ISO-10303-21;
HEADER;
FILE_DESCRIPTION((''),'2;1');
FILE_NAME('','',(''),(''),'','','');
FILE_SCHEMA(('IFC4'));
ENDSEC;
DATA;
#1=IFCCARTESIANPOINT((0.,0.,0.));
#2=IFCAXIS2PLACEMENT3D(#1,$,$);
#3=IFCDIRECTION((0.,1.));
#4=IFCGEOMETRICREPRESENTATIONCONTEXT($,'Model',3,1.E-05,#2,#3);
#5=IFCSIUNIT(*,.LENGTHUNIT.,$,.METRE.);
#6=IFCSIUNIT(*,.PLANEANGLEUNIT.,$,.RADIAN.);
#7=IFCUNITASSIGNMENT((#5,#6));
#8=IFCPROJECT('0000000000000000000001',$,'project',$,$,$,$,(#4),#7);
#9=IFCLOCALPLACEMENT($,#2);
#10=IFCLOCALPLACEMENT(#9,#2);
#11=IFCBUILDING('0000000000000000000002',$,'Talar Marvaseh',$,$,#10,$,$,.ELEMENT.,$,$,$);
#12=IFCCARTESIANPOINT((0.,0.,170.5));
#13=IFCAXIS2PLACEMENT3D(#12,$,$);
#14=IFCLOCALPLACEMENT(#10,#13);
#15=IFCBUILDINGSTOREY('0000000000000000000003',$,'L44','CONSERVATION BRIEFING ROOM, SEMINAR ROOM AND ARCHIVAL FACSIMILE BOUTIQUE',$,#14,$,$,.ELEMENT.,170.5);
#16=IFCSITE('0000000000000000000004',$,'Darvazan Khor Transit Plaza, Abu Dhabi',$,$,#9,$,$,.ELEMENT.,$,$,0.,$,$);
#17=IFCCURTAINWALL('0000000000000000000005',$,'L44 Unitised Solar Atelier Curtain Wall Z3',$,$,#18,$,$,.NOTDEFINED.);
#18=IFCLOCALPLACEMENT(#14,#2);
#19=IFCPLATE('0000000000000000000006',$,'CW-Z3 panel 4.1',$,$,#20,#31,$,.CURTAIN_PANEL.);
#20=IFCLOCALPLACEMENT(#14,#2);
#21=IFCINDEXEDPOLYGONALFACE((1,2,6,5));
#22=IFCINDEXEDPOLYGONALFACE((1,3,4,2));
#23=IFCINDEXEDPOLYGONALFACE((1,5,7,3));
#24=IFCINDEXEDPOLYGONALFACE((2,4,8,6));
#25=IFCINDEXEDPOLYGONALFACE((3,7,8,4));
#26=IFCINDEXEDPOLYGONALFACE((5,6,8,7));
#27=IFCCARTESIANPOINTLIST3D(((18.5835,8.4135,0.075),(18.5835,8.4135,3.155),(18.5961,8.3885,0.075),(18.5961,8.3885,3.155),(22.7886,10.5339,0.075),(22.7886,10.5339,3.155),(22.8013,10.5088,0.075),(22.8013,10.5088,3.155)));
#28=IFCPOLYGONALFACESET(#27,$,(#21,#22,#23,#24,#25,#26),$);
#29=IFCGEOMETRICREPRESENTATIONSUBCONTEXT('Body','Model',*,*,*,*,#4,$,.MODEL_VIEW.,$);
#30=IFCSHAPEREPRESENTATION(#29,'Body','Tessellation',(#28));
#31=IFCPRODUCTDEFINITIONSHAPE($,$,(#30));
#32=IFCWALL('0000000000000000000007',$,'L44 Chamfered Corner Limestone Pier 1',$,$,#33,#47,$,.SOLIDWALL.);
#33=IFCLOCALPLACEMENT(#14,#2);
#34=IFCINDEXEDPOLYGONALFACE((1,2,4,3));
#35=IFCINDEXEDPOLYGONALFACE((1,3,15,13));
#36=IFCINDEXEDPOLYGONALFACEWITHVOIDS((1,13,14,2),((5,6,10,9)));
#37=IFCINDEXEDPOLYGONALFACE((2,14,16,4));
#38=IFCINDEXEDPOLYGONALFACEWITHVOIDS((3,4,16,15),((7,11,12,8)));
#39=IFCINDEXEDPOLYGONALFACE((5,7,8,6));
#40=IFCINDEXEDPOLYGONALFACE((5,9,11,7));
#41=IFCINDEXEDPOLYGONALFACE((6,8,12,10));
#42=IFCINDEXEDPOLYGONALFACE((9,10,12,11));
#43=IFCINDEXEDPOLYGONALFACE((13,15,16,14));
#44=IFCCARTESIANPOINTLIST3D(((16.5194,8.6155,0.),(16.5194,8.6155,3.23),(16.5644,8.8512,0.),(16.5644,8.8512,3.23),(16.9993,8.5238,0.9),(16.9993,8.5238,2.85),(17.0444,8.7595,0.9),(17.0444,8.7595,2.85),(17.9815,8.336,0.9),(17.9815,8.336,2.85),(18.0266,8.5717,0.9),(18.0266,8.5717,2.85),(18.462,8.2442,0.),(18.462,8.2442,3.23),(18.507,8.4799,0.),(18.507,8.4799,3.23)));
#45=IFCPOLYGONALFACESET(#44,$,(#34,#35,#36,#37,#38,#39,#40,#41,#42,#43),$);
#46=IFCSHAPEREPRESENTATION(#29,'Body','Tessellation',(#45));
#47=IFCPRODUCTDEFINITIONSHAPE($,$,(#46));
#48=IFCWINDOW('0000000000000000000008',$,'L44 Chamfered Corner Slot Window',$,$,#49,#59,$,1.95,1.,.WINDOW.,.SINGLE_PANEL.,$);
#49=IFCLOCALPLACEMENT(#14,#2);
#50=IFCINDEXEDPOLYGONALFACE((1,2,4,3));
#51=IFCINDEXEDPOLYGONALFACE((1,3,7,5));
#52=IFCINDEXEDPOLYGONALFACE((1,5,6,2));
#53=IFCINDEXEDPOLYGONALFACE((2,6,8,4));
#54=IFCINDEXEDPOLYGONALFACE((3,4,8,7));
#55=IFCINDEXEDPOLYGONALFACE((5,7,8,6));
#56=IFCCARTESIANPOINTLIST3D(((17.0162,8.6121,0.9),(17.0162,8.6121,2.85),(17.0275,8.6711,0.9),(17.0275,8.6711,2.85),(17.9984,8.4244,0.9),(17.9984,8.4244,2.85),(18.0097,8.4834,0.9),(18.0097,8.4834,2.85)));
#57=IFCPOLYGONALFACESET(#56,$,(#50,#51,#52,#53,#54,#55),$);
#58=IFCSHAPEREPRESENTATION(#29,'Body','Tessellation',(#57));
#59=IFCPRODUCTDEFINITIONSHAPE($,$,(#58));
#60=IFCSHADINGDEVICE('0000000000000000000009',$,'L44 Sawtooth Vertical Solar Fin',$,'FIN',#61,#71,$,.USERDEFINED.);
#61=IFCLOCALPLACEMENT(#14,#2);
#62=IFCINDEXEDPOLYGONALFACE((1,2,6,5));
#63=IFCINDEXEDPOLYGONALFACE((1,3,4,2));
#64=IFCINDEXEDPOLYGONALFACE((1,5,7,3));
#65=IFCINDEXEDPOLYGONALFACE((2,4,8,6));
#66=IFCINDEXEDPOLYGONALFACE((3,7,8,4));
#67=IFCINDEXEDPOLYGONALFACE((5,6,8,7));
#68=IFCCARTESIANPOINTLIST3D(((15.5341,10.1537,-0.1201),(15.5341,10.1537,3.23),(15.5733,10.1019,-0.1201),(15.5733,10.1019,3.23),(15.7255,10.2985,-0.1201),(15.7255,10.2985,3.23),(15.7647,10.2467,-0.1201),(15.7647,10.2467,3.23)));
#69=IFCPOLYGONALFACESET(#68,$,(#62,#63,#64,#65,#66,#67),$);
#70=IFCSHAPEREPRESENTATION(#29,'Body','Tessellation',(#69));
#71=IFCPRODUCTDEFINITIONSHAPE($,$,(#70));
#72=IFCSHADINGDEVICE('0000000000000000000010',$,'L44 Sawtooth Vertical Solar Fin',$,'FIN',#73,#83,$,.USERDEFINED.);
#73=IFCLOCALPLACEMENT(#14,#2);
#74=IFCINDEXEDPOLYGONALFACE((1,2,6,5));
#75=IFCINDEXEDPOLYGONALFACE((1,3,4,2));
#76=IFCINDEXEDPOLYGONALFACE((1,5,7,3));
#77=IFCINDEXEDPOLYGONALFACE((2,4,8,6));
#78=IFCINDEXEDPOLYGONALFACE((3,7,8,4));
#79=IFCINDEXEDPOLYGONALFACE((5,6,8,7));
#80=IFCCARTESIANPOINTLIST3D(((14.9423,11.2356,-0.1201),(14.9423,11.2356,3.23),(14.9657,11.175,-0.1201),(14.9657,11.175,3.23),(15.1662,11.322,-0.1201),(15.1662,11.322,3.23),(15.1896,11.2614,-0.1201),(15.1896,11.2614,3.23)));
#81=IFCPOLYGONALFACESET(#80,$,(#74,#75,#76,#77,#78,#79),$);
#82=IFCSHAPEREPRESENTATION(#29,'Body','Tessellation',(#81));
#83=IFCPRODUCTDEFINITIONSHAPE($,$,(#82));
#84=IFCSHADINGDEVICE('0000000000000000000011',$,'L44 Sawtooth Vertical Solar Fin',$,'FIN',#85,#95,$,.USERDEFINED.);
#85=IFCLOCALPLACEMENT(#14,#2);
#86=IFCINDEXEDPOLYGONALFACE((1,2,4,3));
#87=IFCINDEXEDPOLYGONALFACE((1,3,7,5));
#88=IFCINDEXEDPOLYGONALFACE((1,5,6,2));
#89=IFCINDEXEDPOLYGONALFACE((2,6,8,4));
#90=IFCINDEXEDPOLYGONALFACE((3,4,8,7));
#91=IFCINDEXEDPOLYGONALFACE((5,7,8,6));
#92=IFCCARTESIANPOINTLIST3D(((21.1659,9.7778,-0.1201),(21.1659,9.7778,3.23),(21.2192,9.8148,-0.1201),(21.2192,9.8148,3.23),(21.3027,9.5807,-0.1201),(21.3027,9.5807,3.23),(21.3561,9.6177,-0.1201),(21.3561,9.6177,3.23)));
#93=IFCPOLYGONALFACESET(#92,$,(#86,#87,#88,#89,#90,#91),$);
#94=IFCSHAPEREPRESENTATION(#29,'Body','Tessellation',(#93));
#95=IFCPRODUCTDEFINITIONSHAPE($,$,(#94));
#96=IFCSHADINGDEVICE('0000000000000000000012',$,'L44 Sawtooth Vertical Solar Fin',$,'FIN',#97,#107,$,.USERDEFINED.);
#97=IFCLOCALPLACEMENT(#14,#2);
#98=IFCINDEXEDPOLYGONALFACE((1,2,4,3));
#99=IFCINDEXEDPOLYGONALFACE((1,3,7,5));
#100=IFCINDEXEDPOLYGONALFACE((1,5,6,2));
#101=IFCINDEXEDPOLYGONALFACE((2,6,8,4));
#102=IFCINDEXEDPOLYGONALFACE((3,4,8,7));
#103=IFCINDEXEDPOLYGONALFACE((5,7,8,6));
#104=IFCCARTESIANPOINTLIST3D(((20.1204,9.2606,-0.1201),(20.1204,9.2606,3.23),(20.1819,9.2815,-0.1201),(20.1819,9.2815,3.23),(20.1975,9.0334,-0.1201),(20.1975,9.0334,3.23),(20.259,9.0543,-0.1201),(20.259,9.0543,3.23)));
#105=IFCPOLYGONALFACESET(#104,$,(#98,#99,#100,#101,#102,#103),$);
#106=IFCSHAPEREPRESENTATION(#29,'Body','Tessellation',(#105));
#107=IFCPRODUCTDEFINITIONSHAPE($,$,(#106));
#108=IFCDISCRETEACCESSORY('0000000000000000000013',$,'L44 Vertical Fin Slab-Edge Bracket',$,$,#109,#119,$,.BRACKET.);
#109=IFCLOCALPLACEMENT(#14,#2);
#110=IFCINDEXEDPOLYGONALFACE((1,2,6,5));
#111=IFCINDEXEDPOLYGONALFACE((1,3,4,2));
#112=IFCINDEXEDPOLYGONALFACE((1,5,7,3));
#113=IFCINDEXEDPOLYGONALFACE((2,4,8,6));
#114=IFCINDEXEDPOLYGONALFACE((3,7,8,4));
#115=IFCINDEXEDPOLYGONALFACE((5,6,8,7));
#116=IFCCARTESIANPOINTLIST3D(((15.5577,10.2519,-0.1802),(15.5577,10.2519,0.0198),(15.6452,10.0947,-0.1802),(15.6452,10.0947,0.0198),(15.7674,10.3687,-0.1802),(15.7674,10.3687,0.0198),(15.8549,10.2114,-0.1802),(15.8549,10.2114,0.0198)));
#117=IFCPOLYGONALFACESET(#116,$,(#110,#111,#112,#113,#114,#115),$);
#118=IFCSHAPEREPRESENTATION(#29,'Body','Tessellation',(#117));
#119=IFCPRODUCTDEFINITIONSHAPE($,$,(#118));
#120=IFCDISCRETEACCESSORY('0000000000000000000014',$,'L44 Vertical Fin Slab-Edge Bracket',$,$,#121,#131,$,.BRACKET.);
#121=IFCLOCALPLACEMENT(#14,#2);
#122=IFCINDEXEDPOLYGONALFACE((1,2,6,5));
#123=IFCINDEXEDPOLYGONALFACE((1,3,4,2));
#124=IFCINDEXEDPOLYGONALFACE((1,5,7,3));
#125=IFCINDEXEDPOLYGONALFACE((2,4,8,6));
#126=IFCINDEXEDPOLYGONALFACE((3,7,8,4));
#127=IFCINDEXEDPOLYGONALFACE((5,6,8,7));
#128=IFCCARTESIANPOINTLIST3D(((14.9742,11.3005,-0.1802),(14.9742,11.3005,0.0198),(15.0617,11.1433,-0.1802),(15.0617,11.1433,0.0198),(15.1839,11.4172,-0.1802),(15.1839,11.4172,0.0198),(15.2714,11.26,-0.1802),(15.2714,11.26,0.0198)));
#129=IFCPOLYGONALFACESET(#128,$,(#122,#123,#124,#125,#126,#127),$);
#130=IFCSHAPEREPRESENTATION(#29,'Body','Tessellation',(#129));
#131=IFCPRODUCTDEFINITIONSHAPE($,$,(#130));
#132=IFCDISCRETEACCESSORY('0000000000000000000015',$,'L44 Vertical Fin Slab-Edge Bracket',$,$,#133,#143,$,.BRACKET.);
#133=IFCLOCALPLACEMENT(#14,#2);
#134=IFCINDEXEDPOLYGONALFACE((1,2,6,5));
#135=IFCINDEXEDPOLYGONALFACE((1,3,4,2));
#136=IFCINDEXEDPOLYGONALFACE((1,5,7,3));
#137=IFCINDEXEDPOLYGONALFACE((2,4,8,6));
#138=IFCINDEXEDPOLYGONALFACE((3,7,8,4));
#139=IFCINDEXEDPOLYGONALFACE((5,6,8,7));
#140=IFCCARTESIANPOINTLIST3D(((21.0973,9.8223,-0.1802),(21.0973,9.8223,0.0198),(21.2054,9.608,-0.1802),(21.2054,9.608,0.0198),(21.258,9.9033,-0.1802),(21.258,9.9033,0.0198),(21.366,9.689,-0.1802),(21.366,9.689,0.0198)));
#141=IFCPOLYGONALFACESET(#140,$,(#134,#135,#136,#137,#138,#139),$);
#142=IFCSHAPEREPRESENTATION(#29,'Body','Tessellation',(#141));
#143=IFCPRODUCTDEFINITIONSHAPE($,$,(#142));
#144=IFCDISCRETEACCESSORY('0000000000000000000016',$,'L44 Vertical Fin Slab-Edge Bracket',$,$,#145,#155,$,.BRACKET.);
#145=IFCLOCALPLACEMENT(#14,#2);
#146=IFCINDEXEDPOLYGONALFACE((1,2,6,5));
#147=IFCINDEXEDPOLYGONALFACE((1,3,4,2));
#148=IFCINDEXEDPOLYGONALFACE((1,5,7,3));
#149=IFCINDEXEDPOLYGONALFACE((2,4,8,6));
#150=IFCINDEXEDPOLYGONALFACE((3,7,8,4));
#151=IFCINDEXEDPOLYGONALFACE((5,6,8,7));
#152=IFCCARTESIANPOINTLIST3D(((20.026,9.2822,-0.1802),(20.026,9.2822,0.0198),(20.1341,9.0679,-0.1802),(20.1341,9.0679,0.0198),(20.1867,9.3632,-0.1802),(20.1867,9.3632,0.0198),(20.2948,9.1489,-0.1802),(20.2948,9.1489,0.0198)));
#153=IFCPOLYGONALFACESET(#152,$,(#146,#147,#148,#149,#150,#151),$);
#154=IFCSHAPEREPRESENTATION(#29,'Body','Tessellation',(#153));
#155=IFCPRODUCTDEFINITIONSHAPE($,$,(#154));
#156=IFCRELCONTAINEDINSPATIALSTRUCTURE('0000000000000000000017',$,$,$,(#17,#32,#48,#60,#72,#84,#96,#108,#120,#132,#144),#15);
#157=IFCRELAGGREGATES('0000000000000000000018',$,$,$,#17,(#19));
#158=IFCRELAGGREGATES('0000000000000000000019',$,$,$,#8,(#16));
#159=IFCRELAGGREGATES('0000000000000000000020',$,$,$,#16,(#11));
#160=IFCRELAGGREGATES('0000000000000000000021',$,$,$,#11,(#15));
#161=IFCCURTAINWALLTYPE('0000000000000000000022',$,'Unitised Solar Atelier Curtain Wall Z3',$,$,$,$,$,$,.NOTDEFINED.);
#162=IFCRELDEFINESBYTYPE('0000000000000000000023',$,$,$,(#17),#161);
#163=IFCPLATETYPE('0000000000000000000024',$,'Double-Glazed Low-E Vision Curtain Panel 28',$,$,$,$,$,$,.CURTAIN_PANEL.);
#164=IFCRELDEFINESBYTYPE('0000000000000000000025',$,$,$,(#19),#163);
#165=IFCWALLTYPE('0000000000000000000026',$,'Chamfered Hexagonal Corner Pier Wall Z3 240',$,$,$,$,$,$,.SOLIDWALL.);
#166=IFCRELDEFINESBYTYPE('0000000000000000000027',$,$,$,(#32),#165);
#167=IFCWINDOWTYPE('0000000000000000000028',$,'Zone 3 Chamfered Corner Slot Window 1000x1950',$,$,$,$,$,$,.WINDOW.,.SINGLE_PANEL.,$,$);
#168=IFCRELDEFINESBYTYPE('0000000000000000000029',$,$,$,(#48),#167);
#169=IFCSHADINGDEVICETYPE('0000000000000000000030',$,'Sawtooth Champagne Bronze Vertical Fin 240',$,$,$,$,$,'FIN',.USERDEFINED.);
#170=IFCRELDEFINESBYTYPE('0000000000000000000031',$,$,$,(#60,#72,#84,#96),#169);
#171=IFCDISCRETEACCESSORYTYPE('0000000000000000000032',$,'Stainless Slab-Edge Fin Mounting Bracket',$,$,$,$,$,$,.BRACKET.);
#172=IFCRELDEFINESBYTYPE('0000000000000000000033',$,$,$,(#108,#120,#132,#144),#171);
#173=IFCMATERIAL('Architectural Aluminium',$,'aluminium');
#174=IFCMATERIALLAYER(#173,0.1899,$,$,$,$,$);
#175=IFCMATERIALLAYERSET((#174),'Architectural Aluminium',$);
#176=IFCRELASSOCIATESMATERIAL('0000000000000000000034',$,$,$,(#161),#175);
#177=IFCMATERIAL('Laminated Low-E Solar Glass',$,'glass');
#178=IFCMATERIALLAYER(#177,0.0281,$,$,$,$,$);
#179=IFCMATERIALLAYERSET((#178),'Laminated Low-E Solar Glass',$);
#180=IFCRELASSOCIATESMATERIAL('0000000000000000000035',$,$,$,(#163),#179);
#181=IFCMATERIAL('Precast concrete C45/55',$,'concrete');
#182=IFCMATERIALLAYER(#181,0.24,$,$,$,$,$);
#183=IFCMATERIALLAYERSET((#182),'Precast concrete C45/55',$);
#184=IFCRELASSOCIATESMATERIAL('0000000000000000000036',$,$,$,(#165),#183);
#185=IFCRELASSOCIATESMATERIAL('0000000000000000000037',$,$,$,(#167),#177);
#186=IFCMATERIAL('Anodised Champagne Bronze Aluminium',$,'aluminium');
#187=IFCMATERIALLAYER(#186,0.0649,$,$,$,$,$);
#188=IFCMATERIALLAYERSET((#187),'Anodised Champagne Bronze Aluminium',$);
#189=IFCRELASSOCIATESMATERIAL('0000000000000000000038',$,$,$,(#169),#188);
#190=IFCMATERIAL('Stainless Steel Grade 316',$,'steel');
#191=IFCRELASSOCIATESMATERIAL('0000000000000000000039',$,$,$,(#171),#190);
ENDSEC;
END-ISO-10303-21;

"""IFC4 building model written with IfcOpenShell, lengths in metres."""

from ifc_helpers import new_model, si_unit, direction, frame, frame_2d, origin, origin_2d, place, context, subcontext, project, spatial, rectangle, extrude, source, transform, mapped, material, layer, layer_set, type_object, type_shapes, element, fill, aggregate, save


model = new_model("IFC4")

# Units and contexts
model_context = context("Model", 3, precision=1e-05, world=origin(), true_north=direction((0.0, 1.0)))
body_context = subcontext(model_context, "Body", "Model", "MODEL_VIEW")
ifc_project = project(units=[si_unit("LENGTHUNIT", "METRE"), si_unit("PLANEANGLEUNIT", "RADIAN")], contexts=[model_context])

# Site, building, storey
site_placement = place(None, origin())
site = spatial("IfcSite", under=ifc_project, at=site_placement, Name="Darvazan Khor Transit Plaza, Abu Dhabi", CompositionType="ELEMENT", RefElevation=0.0)
building_placement = place(site_placement, origin())
building = spatial("IfcBuilding", under=site, at=building_placement, Name="Talar Marvaseh", CompositionType="ELEMENT")
storey_placement = place(building_placement, frame((0.0, 0.0, 170.5)))
storey = spatial("IfcBuildingStorey", under=building, at=storey_placement, Name="L44", Description="CONSERVATION BRIEFING ROOM, SEMINAR ROOM AND ARCHIVAL FACSIMILE BOUTIQUE", CompositionType="ELEMENT", Elevation=170.5)

# Curtain wall
ifc_material_1 = material(Name="Architectural Aluminium", Category="aluminium")
ifc_layer_1 = layer(ifc_material_1, 0.1899)
ifc_layer_set_1 = layer_set([ifc_layer_1], Name="Architectural Aluminium")
curtain_wall_type = type_object("IfcCurtainWallType", Name="Unitised Solar Atelier Curtain Wall Z3", PredefinedType="NOTDEFINED", material=ifc_layer_set_1)
curtain_wall_1_placement = place(storey_placement, origin())
curtain_wall_1 = element("IfcCurtainWall", 1, at=curtain_wall_1_placement, inside=storey, type_object=curtain_wall_type, Name="L44 Unitised Solar Atelier Curtain Wall Z3", PredefinedType="NOTDEFINED")

# Plate
ifc_material_2 = material(Name="Laminated Low-E Solar Glass", Category="glass")
ifc_layer_2 = layer(ifc_material_2, 0.0281)
ifc_layer_set_2 = layer_set([ifc_layer_2], Name="Laminated Low-E Solar Glass")
plate_type = type_object("IfcPlateType", Name="Double-Glazed Low-E Vision Curtain Panel 28", PredefinedType="CURTAIN_PANEL", material=ifc_layer_set_2)
shared_shape_1 = source(origin(), body_context, "Body", "SweptSolid", [
    extrude(rectangle(XDim=4.7095, YDim=0.0281, at=origin_2d()), origin(), (0.0, 0.0, 1.0), 3.0801),
])
plate_1_placement = place(storey_placement, frame((20.6924, 9.4612, 0.075), z_axis=(0.0, 0.0, 1.0), x_axis=(-0.89291, -0.450235, 0.0)))
plate_1 = element("IfcPlate", 2, at=plate_1_placement, type_object=plate_type, Name="CW-Z3 panel 4.1", PredefinedType="CURTAIN_PANEL", context=body_context, shape_type="MappedRepresentation", body=[
    mapped(shared_shape_1, transform((0.0, 0.0, 0.0), x_axis=(1.0, 0.0, 0.0), y_axis=(0.0, 1.0, 0.0), z_axis=(0.0, 0.0, 1.0), scale=1.0)),
])
aggregate(curtain_wall_1, [plate_1])

# Wall, opening, window
ifc_material_3 = material(Name="Precast concrete C45/55", Category="concrete")
ifc_layer_3 = layer(ifc_material_3, 0.24)
ifc_layer_set_3 = layer_set([ifc_layer_3], Name="Precast concrete C45/55")
wall_type = type_object("IfcWallType", Name="Chamfered Hexagonal Corner Pier Wall Z3 240", PredefinedType="SOLIDWALL", material=ifc_layer_set_3)
wall_placement = place(storey_placement, frame((18.4844, 8.3621, 0.0), z_axis=(0.0, 0.0, 1.0), x_axis=(-0.982216, 0.187753, 0.0)))
wall = element("IfcWall", 3, at=wall_placement, inside=storey, type_object=wall_type, Name="L44 Chamfered Corner Limestone Pier 1", PredefinedType="SOLIDWALL", context=body_context, shape_type="SweptSolid", body=[
    extrude(rectangle(XDim=1.9778, YDim=0.24, at=frame_2d((0.9888, 0.0))), origin(), (0.0, 0.0, 1.0), 3.23),
])
opening_placement = place(wall_placement, frame((0.489, 0.0, 0.8999)))
opening = element("IfcOpeningElement", 4, at=opening_placement, cuts=wall, PredefinedType="OPENING", context=body_context, shape_type="SweptSolid", body=[
    extrude(rectangle(XDim=1.0, YDim=1.95, at=frame_2d((0.5, 0.9751))), frame((0.0, 0.1299, 0.0), z_axis=(0.0, -1.0, 0.0), x_axis=(1.0, 0.0, 0.0)), (0.0, 0.0, 1.0), 0.26),
])
window_type = type_object("IfcWindowType", Name="Zone 3 Chamfered Corner Slot Window 1000x1950", PartitioningType="SINGLE_PANEL", PredefinedType="WINDOW", material=ifc_material_2)
shared_shape_2 = source(origin(), body_context, "Body", "SweptSolid", [
    extrude(rectangle(XDim=1.0, YDim=1.95, at=frame_2d((0.5, 0.9751))), frame((0.0, 0.03, 0.0), z_axis=(0.0, -1.0, 0.0), x_axis=(1.0, 0.0, 0.0)), (0.0, 0.0, 1.0), 0.0601),
])
type_shapes(window_type, [shared_shape_2])
window_placement = place(opening_placement, origin())
window = element("IfcWindow", 5, at=window_placement, inside=storey, type_object=window_type, Name="L44 Chamfered Corner Slot Window", OverallHeight=1.95, OverallWidth=1.0, PartitioningType="SINGLE_PANEL", PredefinedType="WINDOW", context=body_context, shape_type="MappedRepresentation", body=[
    mapped(shared_shape_2, transform((0.0, 0.0, 0.0), x_axis=(1.0, 0.0, 0.0), y_axis=(0.0, 1.0, 0.0), z_axis=(0.0, 0.0, 1.0), scale=1.0)),
])
fill(opening, window)

# Shading devices
ifc_material_4 = material(Name="Anodised Champagne Bronze Aluminium", Category="aluminium")
ifc_layer_4 = layer(ifc_material_4, 0.0649)
ifc_layer_set_4 = layer_set([ifc_layer_4], Name="Anodised Champagne Bronze Aluminium")
shading_device_type = type_object("IfcShadingDeviceType", Name="Sawtooth Champagne Bronze Vertical Fin 240", ElementType="FIN", PredefinedType="USERDEFINED", material=ifc_layer_set_4)
shared_shape_3 = source(origin(), body_context, "Body", "SweptSolid", [
    extrude(rectangle(XDim=0.24, YDim=0.0649, at=origin_2d()), origin(), (0.0, 0.0, 1.0), 3.3501),
])
type_shapes(shading_device_type, [shared_shape_3])
for number, where, z_axis, x_axis, name in (
    (6, (15.6494, 10.2002, -0.1201), (0.0, 0.0, 1.0), (-0.797584, -0.603208, 0.0), "L44 Sawtooth Vertical Solar Fin"),
    (7, (15.0659, 11.2485, -0.1201), (0.0, 0.0, 1.0), (-0.932954, -0.359997, 0.0), "L44 Sawtooth Vertical Solar Fin"),
    (8, (21.261, 9.6978, -0.1201), (0.0, 0.0, 1.0), (0.57014, -0.821547, 0.0), "L44 Sawtooth Vertical Solar Fin"),
    (9, (20.1897, 9.1575, -0.1201), (0.0, 0.0, 1.0), (0.321605, -0.946874, 0.0), "L44 Sawtooth Vertical Solar Fin"),
):
    element("IfcShadingDevice", number, at=place(storey_placement, frame(where, z_axis=z_axis, x_axis=x_axis)), inside=storey, type_object=shading_device_type, Name=name, ObjectType="FIN", PredefinedType="USERDEFINED", context=body_context, shape_type="MappedRepresentation", body=[
        mapped(shared_shape_3, transform((0.0, 0.0, 0.0), x_axis=(1.0, 0.0, 0.0), y_axis=(0.0, 1.0, 0.0), z_axis=(0.0, 0.0, 1.0), scale=1.0)),
    ])

# Discrete accessories
ifc_material_5 = material(Name="Stainless Steel Grade 316", Category="steel")
discrete_accessory_type = type_object("IfcDiscreteAccessoryType", Name="Stainless Slab-Edge Fin Mounting Bracket", PredefinedType="BRACKET", material=ifc_material_5)
shared_shape_4 = source(origin(), body_context, "Body", "SweptSolid", [
    extrude(rectangle(XDim=0.24, YDim=0.1799, at=origin_2d()), origin(), (0.0, 0.0, 1.0), 0.2),
])
type_shapes(discrete_accessory_type, [shared_shape_4])
for number, where, z_axis, x_axis, name in (
    (10, (15.7063, 10.2317, -0.1802), (0.0, 0.0, 1.0), (-0.873772, -0.486335, 0.0), "L44 Vertical Fin Slab-Edge Bracket"),
    (11, (15.1228, 11.2803, -0.1802), (0.0, 0.0, 1.0), (-0.873772, -0.486335, 0.0), "L44 Vertical Fin Slab-Edge Bracket"),
    (12, (21.2317, 9.7556, -0.1802), (0.0, 0.0, 1.0), (0.450254, -0.8929, 0.0), "L44 Vertical Fin Slab-Edge Bracket"),
    (13, (20.1604, 9.2156, -0.1802), (0.0, 0.0, 1.0), (0.450254, -0.8929, 0.0), "L44 Vertical Fin Slab-Edge Bracket"),
):
    element("IfcDiscreteAccessory", number, at=place(storey_placement, frame(where, z_axis=z_axis, x_axis=x_axis)), inside=storey, type_object=discrete_accessory_type, Name=name, PredefinedType="BRACKET", context=body_context, shape_type="MappedRepresentation", body=[
        mapped(shared_shape_4, transform((0.0, 0.0, 0.0), x_axis=(1.0, 0.0, 0.0), y_axis=(0.0, 1.0, 0.0), z_axis=(0.0, 0.0, 1.0), scale=1.0)),
    ])

save(model, "model.ifc")
